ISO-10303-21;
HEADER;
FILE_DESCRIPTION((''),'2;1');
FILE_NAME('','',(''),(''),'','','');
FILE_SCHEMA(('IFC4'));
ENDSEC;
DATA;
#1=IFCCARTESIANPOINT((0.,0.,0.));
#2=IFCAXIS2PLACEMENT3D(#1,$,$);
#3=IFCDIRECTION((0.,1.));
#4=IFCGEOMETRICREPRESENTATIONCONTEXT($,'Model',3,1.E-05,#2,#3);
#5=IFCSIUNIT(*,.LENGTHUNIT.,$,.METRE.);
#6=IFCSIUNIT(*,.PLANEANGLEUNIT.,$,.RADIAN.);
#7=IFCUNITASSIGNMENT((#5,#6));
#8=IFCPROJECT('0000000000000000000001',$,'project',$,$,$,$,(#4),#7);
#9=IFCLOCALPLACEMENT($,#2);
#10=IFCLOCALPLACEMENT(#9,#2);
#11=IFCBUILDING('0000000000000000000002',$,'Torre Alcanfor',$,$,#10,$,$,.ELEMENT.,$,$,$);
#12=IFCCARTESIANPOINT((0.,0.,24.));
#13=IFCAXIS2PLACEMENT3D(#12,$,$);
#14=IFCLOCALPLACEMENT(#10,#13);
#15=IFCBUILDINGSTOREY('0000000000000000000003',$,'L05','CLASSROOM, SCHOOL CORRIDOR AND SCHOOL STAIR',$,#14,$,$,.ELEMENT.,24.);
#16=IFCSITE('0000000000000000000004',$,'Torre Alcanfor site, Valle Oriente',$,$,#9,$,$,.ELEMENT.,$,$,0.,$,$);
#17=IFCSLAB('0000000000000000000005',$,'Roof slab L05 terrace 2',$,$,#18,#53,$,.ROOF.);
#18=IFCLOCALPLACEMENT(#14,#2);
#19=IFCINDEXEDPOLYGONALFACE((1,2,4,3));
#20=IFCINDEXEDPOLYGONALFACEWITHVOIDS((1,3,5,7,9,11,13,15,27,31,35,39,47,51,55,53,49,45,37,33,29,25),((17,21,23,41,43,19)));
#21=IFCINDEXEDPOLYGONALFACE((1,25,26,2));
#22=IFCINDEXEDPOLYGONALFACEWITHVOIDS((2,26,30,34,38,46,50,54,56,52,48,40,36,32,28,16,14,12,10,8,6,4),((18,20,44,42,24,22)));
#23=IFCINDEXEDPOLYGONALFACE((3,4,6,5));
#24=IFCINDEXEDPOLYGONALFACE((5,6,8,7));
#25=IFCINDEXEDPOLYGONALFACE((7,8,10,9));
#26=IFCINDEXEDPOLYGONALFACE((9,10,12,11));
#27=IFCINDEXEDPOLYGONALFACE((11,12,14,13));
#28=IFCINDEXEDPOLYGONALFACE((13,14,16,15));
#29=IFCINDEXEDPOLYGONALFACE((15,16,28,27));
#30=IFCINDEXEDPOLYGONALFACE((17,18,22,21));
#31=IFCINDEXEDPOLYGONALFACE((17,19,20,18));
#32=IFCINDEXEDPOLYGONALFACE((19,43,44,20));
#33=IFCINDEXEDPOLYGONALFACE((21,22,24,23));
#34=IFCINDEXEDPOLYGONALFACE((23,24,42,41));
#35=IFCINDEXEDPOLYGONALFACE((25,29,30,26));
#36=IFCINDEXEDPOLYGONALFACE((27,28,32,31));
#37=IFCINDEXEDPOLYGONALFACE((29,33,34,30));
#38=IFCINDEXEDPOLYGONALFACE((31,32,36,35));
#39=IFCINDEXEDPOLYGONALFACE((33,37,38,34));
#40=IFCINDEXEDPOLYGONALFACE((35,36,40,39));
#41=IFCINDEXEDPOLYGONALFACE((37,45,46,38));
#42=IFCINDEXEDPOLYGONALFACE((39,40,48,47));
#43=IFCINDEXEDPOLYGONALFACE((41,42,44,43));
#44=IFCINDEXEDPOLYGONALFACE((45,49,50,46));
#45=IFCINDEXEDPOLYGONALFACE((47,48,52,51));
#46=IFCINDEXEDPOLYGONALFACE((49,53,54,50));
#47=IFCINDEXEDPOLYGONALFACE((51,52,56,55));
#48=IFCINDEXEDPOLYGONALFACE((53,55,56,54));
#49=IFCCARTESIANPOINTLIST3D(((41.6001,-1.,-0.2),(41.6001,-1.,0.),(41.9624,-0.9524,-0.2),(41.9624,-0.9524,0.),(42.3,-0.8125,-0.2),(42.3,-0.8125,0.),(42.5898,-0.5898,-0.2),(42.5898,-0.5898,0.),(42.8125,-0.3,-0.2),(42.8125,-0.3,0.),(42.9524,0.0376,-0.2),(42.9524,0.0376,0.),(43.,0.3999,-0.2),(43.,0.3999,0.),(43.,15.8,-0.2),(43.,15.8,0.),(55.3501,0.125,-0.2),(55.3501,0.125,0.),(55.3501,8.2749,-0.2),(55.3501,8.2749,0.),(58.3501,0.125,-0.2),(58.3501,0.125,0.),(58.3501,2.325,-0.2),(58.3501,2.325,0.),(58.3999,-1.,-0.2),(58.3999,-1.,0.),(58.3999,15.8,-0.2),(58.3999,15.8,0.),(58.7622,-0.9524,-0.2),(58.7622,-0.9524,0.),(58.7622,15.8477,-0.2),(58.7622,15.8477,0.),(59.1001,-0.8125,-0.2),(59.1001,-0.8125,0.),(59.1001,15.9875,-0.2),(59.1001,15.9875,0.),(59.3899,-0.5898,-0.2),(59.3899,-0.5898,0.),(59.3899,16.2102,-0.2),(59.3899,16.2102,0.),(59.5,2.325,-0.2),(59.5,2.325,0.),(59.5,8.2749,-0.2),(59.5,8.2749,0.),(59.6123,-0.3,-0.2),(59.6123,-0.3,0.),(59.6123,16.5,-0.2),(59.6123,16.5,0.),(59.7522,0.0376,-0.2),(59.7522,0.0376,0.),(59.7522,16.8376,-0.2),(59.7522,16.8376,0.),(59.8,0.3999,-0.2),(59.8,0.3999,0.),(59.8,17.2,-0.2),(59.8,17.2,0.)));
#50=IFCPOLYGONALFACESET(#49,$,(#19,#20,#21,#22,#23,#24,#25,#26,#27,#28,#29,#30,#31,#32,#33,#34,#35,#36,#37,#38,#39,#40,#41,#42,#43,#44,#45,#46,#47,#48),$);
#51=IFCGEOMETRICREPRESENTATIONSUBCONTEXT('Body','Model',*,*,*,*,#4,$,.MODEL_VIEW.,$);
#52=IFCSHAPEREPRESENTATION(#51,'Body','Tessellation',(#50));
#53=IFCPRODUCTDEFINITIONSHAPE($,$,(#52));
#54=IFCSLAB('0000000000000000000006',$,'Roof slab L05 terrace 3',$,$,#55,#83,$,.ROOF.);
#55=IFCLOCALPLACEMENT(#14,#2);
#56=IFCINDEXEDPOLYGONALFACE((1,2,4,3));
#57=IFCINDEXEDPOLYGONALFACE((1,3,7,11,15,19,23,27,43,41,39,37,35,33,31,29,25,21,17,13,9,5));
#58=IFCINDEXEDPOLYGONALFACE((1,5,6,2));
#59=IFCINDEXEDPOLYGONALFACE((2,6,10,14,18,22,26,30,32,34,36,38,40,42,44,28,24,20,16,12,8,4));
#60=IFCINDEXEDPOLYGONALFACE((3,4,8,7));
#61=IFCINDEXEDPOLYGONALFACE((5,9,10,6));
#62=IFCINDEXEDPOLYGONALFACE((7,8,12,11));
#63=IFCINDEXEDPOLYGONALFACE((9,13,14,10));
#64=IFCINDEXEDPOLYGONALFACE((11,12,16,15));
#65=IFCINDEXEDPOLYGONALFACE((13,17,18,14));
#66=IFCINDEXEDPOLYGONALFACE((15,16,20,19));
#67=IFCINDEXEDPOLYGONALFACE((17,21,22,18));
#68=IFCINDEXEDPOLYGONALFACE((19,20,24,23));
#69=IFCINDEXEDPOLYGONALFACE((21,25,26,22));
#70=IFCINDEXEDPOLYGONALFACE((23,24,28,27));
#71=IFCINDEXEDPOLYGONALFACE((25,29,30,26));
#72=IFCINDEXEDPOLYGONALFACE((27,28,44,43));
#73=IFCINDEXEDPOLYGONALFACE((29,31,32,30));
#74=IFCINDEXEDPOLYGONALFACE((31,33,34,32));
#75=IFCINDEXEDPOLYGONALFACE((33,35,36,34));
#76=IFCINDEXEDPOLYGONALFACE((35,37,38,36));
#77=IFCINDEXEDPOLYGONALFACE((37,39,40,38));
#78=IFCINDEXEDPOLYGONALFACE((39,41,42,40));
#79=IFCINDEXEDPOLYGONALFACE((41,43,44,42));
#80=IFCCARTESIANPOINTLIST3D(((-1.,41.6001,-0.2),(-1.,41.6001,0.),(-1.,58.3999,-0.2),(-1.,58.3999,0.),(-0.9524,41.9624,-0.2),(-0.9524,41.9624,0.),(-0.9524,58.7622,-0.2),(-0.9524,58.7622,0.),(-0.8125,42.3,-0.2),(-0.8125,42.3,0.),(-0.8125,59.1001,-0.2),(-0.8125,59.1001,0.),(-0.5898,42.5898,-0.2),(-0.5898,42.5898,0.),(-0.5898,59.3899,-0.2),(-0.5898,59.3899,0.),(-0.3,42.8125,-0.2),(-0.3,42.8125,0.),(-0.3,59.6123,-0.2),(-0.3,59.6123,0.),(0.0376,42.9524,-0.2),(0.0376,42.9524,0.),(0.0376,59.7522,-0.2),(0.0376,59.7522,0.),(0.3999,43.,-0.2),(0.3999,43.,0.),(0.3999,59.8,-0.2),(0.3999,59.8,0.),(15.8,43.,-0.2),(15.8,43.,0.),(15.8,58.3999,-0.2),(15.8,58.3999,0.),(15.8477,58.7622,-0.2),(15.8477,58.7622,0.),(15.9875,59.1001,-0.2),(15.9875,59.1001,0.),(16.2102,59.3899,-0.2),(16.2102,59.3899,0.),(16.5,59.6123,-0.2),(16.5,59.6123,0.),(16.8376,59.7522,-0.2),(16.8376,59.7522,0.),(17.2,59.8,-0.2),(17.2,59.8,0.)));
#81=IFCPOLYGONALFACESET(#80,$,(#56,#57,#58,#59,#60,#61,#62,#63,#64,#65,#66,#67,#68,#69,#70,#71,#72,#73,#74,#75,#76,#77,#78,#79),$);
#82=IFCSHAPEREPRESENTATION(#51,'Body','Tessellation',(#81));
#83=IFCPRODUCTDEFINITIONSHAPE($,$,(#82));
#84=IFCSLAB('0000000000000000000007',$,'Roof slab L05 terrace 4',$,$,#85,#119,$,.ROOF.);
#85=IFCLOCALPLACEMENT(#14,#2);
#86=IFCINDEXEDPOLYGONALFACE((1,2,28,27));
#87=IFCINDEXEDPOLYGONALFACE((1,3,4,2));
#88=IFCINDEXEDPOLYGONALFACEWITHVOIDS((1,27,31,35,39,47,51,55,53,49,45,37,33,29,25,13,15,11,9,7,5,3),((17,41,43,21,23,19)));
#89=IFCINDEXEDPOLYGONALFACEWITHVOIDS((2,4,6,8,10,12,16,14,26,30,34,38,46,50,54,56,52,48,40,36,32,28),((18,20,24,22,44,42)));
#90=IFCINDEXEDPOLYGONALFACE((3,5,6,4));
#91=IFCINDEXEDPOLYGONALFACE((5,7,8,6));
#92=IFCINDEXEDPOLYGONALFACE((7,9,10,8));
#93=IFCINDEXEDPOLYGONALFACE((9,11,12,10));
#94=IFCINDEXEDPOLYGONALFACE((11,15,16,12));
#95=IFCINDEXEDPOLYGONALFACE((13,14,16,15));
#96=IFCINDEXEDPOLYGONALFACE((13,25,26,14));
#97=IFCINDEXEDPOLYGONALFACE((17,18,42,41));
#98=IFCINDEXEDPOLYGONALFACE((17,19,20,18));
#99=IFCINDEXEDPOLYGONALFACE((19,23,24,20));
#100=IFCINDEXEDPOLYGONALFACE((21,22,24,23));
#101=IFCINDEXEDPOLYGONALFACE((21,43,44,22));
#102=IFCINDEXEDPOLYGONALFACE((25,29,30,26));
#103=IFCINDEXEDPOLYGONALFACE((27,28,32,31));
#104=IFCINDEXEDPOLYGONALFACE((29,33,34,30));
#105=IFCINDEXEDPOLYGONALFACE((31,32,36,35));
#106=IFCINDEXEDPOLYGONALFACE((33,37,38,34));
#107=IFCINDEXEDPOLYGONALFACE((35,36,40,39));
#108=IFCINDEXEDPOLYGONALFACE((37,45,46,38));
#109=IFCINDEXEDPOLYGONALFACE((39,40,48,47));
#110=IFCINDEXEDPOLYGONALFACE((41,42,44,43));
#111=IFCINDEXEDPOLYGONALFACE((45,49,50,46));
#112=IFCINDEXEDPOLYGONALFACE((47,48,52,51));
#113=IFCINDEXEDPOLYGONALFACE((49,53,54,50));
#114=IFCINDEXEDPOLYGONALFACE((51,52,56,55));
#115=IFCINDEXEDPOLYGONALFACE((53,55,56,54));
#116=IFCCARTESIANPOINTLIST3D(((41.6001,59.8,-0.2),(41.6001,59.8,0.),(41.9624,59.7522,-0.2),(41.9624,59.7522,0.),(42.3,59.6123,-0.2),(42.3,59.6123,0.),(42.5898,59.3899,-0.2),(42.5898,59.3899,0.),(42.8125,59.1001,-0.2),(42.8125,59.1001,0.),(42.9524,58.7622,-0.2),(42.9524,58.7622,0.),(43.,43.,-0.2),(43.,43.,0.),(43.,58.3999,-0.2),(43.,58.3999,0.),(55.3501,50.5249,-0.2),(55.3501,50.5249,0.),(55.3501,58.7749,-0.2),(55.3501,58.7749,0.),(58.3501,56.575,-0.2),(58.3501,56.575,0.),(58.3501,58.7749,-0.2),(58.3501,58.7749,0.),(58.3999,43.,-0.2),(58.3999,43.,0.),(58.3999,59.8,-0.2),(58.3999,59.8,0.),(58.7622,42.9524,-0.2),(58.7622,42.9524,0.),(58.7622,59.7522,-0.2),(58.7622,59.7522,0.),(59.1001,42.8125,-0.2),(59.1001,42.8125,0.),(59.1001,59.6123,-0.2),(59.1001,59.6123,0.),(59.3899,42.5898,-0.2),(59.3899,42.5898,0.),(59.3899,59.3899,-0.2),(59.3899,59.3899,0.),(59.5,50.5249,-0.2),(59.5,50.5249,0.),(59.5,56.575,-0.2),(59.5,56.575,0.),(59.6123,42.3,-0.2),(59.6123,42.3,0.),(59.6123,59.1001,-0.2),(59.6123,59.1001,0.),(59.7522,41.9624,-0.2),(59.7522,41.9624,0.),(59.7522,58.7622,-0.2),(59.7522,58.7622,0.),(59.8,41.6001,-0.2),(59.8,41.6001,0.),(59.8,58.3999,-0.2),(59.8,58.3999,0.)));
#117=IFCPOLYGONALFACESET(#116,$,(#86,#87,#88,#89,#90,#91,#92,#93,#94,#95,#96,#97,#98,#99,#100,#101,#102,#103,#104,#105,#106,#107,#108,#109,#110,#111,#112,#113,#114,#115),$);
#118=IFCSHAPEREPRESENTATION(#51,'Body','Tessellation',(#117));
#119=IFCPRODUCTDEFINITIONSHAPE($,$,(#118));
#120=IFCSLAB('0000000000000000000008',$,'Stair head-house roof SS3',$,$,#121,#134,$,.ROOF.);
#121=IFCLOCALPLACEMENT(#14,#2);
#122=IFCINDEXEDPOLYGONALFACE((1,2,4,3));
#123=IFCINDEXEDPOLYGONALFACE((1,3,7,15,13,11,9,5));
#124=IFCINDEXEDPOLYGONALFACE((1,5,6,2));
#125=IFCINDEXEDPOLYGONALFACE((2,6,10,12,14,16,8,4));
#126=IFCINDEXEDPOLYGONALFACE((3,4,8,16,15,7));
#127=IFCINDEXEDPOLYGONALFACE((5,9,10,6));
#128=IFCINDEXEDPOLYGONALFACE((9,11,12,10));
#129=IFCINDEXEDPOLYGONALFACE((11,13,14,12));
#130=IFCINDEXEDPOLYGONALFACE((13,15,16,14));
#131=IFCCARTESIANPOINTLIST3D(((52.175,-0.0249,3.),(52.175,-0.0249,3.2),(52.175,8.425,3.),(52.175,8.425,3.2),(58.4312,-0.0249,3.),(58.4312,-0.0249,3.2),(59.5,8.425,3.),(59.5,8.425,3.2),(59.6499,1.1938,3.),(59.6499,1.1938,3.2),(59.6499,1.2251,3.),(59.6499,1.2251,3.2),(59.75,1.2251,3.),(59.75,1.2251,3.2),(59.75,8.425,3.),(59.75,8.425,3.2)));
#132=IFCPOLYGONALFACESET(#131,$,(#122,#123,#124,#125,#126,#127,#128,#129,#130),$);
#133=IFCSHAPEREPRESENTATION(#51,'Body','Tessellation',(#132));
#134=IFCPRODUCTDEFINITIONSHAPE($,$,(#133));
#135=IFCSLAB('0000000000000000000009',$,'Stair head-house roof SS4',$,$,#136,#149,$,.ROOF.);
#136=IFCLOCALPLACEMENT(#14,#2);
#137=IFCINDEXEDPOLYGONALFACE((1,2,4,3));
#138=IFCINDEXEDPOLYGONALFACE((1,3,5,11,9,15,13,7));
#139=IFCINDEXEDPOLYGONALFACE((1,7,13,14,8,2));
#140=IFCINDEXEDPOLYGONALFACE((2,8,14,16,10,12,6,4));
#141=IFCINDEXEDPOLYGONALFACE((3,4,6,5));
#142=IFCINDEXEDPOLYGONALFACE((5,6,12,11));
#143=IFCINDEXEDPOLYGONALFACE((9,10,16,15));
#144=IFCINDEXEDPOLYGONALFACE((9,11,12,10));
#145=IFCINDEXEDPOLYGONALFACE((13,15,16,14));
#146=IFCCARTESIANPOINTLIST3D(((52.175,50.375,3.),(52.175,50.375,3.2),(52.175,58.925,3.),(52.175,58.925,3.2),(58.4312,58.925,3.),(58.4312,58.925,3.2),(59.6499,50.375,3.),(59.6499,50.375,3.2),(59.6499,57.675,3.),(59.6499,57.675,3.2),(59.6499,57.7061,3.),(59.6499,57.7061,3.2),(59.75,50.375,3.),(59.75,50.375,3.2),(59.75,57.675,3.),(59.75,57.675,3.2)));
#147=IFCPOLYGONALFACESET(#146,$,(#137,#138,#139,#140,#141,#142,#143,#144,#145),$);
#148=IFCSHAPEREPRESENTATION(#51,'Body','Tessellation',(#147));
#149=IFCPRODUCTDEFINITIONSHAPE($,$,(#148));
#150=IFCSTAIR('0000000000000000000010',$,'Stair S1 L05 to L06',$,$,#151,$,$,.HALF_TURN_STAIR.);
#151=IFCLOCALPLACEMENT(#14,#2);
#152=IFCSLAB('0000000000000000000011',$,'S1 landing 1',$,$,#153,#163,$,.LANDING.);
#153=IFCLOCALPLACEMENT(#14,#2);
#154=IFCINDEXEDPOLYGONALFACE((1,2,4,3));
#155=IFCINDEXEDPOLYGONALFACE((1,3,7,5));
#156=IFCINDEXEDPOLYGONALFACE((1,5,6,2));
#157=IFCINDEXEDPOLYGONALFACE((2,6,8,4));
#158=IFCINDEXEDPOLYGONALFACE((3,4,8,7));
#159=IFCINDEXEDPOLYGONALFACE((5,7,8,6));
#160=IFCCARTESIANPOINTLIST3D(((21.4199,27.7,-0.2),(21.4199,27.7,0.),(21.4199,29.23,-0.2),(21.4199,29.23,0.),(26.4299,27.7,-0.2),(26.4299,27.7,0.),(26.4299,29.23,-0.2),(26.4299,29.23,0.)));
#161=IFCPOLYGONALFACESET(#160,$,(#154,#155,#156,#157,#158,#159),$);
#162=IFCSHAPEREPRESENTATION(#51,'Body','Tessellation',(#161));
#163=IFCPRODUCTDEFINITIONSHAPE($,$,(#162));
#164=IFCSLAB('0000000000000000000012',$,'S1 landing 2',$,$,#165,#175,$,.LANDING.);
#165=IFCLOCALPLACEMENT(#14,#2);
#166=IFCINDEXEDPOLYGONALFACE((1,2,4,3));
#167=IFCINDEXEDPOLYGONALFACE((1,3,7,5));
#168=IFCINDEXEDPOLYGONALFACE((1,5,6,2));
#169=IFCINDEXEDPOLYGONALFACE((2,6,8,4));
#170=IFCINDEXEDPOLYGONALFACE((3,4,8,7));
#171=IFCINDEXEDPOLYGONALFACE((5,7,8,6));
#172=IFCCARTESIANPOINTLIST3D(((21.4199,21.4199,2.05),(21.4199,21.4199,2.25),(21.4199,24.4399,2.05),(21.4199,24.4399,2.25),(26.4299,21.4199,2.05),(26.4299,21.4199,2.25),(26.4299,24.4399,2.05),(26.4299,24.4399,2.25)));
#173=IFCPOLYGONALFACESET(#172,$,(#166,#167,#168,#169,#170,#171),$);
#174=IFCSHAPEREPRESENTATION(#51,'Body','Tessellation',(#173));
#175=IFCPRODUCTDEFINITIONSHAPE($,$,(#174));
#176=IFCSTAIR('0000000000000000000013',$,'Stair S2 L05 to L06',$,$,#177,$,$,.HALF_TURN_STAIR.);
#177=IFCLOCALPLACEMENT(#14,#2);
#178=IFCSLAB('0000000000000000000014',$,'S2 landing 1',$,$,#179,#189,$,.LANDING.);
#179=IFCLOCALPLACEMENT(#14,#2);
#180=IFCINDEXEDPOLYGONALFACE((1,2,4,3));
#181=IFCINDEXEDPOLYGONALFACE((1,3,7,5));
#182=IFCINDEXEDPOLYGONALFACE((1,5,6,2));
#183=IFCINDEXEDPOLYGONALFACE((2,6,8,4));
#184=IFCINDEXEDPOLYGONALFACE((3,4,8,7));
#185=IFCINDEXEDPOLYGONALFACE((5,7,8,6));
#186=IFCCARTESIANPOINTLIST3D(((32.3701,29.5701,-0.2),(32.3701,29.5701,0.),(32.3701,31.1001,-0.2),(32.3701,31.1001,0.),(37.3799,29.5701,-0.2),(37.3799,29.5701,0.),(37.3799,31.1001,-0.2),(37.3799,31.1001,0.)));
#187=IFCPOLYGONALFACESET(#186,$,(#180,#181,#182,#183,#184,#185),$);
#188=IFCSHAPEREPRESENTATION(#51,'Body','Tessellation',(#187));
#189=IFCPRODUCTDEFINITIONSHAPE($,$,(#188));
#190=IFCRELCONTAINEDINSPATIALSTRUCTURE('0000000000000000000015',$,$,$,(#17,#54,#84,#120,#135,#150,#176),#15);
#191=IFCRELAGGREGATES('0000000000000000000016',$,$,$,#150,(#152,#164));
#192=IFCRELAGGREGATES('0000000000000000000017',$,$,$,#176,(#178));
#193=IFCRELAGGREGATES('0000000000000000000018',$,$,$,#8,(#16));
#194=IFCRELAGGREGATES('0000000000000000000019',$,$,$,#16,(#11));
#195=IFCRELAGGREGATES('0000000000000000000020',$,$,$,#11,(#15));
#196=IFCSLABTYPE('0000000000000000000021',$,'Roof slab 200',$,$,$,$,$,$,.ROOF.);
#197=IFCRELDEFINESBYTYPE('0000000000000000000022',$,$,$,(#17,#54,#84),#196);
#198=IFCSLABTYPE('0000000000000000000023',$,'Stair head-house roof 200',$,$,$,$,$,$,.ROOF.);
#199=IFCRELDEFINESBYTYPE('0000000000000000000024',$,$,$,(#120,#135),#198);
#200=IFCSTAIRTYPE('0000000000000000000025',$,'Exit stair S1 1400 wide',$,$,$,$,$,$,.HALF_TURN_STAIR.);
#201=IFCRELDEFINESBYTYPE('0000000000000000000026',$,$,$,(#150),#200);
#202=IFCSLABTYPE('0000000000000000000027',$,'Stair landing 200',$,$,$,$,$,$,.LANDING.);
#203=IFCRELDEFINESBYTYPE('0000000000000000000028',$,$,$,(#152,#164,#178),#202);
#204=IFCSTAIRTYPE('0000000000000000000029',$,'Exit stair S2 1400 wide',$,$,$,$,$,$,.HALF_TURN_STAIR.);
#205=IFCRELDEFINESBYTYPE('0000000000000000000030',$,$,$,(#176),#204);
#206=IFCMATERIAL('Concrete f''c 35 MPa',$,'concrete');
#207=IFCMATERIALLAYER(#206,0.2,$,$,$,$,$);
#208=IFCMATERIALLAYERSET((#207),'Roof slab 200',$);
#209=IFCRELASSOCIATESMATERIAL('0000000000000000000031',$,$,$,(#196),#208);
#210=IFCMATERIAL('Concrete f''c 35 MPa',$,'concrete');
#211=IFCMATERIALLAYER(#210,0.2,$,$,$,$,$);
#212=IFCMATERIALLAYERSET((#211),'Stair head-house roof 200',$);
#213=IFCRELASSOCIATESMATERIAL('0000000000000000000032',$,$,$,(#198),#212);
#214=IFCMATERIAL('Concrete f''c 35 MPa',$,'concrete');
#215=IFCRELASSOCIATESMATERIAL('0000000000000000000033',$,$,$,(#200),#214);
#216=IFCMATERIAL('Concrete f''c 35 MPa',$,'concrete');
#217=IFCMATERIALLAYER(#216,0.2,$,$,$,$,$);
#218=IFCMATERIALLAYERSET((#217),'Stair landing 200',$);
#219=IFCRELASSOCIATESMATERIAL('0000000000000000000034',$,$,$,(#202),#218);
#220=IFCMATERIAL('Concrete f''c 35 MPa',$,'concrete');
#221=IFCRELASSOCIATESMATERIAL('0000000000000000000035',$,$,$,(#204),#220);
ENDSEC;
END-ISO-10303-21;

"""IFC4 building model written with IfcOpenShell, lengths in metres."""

from ifc_helpers import new_model, si_unit, direction, frame, origin, place, context, subcontext, project, spatial, polyline, outline, extrude, material, layer, layer_set, type_object, element, aggregate, save


model = new_model("IFC4")

# Units and contexts
model_context = context("Model", 3, precision=1e-05, world=origin(), true_north=direction((0.0, 1.0)))
body_context = subcontext(model_context, "Body", "Model", "MODEL_VIEW")
ifc_project = project(units=[si_unit("LENGTHUNIT", "METRE"), si_unit("PLANEANGLEUNIT", "RADIAN")], contexts=[model_context])

# Site, building, storey
site_placement = place(None, origin())
site = spatial("IfcSite", under=ifc_project, at=site_placement, Name="Torre Alcanfor site, Valle Oriente", CompositionType="ELEMENT", RefElevation=0.0)
building_placement = place(site_placement, origin())
building = spatial("IfcBuilding", under=site, at=building_placement, Name="Torre Alcanfor", CompositionType="ELEMENT")
storey_placement = place(building_placement, frame((0.0, 0.0, 24.0)))
storey = spatial("IfcBuildingStorey", under=building, at=storey_placement, Name="L05", Description="CLASSROOM, SCHOOL CORRIDOR AND SCHOOL STAIR", CompositionType="ELEMENT", Elevation=24.0)

# Slabs
ifc_material_1 = material(Name="Concrete f'c 35 MPa", Category="concrete")
ifc_layer_1 = layer(ifc_material_1, 0.2)
ifc_layer_set_1 = layer_set([ifc_layer_1], Name="Roof slab 200")
slab_type_1 = type_object("IfcSlabType", Name="Roof slab 200", PredefinedType="ROOF", material=ifc_layer_set_1)
slab_1_placement = place(storey_placement, frame((0.0, 0.0, -0.2)))
element("IfcSlab", 1, at=slab_1_placement, inside=storey, type_object=slab_type_1, Name="Roof slab L05 terrace 2", PredefinedType="ROOF", context=body_context, shape_type="SweptSolid", body=[
    extrude(outline(polyline([(59.8, 17.2), (59.7522, 16.8376), (59.6123, 16.5), (59.3899, 16.2102), (59.1001, 15.9875), (58.7622, 15.8477), (58.3999, 15.8), (43.0, 15.8), (43.0, 0.3999), (42.9524, 0.0376), (42.8125, -0.3), (42.5898, -0.5898), (42.3, -0.8125), (41.9624, -0.9524), (41.6001, -1.0), (58.3999, -1.0), (58.7622, -0.9524), (59.1001, -0.8125), (59.3899, -0.5898), (59.6123, -0.3), (59.7522, 0.0376), (59.8, 0.3999), (59.8, 17.2)]), holes=[polyline([(58.3501, 0.125), (55.3501, 0.125), (55.3501, 8.2749), (59.5, 8.2749), (59.5, 2.325), (58.3501, 2.325), (58.3501, 0.125)])]), origin(), (0.0, 0.0, 1.0), 0.2),
])
slab_2_placement = place(storey_placement, frame((0.0, 0.0, -0.2)))
element("IfcSlab", 2, at=slab_2_placement, inside=storey, type_object=slab_type_1, Name="Roof slab L05 terrace 3", PredefinedType="ROOF", context=body_context, shape_type="SweptSolid", body=[
    extrude(outline(polyline([(-1.0, 41.6001), (-0.9524, 41.9624), (-0.8125, 42.3), (-0.5898, 42.5898), (-0.3, 42.8125), (0.0376, 42.9524), (0.3999, 43.0), (15.8, 43.0), (15.8, 58.3999), (15.8477, 58.7622), (15.9875, 59.1001), (16.2102, 59.3899), (16.5, 59.6123), (16.8376, 59.7522), (17.2, 59.8), (0.3999, 59.8), (0.0376, 59.7522), (-0.3, 59.6123), (-0.5898, 59.3899), (-0.8125, 59.1001), (-0.9524, 58.7622), (-1.0, 58.3999), (-1.0, 41.6001)])), origin(), (0.0, 0.0, 1.0), 0.2),
])
slab_3_placement = place(storey_placement, frame((0.0, 0.0, -0.2)))
element("IfcSlab", 3, at=slab_3_placement, inside=storey, type_object=slab_type_1, Name="Roof slab L05 terrace 4", PredefinedType="ROOF", context=body_context, shape_type="SweptSolid", body=[
    extrude(outline(polyline([(41.6001, 59.8), (41.9624, 59.7522), (42.3, 59.6123), (42.5898, 59.3899), (42.8125, 59.1001), (42.9524, 58.7622), (43.0, 58.3999), (43.0, 43.0), (58.3999, 43.0), (58.7622, 42.9524), (59.1001, 42.8125), (59.3899, 42.5898), (59.6123, 42.3), (59.7522, 41.9624), (59.8, 41.6001), (59.8, 58.3999), (59.7522, 58.7622), (59.6123, 59.1001), (59.3899, 59.3899), (59.1001, 59.6123), (58.7622, 59.7522), (58.3999, 59.8), (41.6001, 59.8)]), holes=[polyline([(59.5, 56.575), (59.5, 50.5249), (55.3501, 50.5249), (55.3501, 58.7749), (58.3501, 58.7749), (58.3501, 56.575), (59.5, 56.575)])]), origin(), (0.0, 0.0, 1.0), 0.2),
])
ifc_material_2 = material(Name="Concrete f'c 35 MPa", Category="concrete")
ifc_layer_2 = layer(ifc_material_2, 0.2)
ifc_layer_set_2 = layer_set([ifc_layer_2], Name="Stair head-house roof 200")
slab_type_2 = type_object("IfcSlabType", Name="Stair head-house roof 200", PredefinedType="ROOF", material=ifc_layer_set_2)
slab_4_placement = place(storey_placement, frame((0.0, 0.0, 3.0)))
element("IfcSlab", 4, at=slab_4_placement, inside=storey, type_object=slab_type_2, Name="Stair head-house roof SS3", PredefinedType="ROOF", context=body_context, shape_type="SweptSolid", body=[
    extrude(outline(polyline([(52.175, 8.425), (59.5, 8.425), (59.5, 8.425), (59.75, 8.425), (59.75, 1.2251), (59.6499, 1.2251), (59.6499, 1.1938), (58.4312, -0.0249), (52.175, -0.0249), (52.175, 8.425)])), origin(), (0.0, 0.0, 1.0), 0.2),
])
slab_5_placement = place(storey_placement, frame((0.0, 0.0, 3.0)))
element("IfcSlab", 5, at=slab_5_placement, inside=storey, type_object=slab_type_2, Name="Stair head-house roof SS4", PredefinedType="ROOF", context=body_context, shape_type="SweptSolid", body=[
    extrude(outline(polyline([(59.75, 57.675), (59.75, 50.375), (59.6499, 50.375), (59.6499, 50.375), (52.175, 50.375), (52.175, 58.925), (58.4312, 58.925), (59.6499, 57.7061), (59.6499, 57.675), (59.75, 57.675)])), origin(), (0.0, 0.0, 1.0), 0.2),
])

# Stairs, slabs
ifc_material_3 = material(Name="Concrete f'c 35 MPa", Category="concrete")
stair_type_1 = type_object("IfcStairType", Name="Exit stair S1 1400 wide", PredefinedType="HALF_TURN_STAIR", material=ifc_material_3)
stair_1_placement = place(storey_placement, origin())
stair_1 = element("IfcStair", 6, at=stair_1_placement, inside=storey, type_object=stair_type_1, Name="Stair S1 L05 to L06", PredefinedType="HALF_TURN_STAIR")
ifc_material_4 = material(Name="Concrete f'c 35 MPa", Category="concrete")
ifc_layer_3 = layer(ifc_material_4, 0.2)
ifc_layer_set_3 = layer_set([ifc_layer_3], Name="Stair landing 200")
slab_type_3 = type_object("IfcSlabType", Name="Stair landing 200", PredefinedType="LANDING", material=ifc_layer_set_3)
slab_6_placement = place(storey_placement, frame((0.0, 0.0, -0.2)))
slab_6 = element("IfcSlab", 7, at=slab_6_placement, type_object=slab_type_3, Name="S1 landing 1", PredefinedType="LANDING", context=body_context, shape_type="SweptSolid", body=[
    extrude(outline(polyline([(21.4199, 27.7), (26.4299, 27.7), (26.4299, 29.23), (21.4199, 29.23), (21.4199, 27.7)])), origin(), (0.0, 0.0, 1.0), 0.2),
])
slab_7_placement = place(storey_placement, frame((0.0, 0.0, 2.05)))
slab_7 = element("IfcSlab", 8, at=slab_7_placement, type_object=slab_type_3, Name="S1 landing 2", PredefinedType="LANDING", context=body_context, shape_type="SweptSolid", body=[
    extrude(outline(polyline([(21.4199, 21.4199), (26.4299, 21.4199), (26.4299, 24.4399), (21.4199, 24.4399), (21.4199, 21.4199)])), origin(), (0.0, 0.0, 1.0), 0.2),
])
aggregate(stair_1, [slab_6, slab_7])
ifc_material_5 = material(Name="Concrete f'c 35 MPa", Category="concrete")
stair_type_2 = type_object("IfcStairType", Name="Exit stair S2 1400 wide", PredefinedType="HALF_TURN_STAIR", material=ifc_material_5)
stair_2_placement = place(storey_placement, origin())
stair_2 = element("IfcStair", 9, at=stair_2_placement, inside=storey, type_object=stair_type_2, Name="Stair S2 L05 to L06", PredefinedType="HALF_TURN_STAIR")
slab_8_placement = place(storey_placement, frame((0.0, 0.0, -0.2)))
slab_8 = element("IfcSlab", 10, at=slab_8_placement, type_object=slab_type_3, Name="S2 landing 1", PredefinedType="LANDING", context=body_context, shape_type="SweptSolid", body=[
    extrude(outline(polyline([(32.3701, 29.5701), (37.3799, 29.5701), (37.3799, 31.1001), (32.3701, 31.1001), (32.3701, 29.5701)])), origin(), (0.0, 0.0, 1.0), 0.2),
])
aggregate(stair_2, [slab_8])

save(model, "model.ifc")
